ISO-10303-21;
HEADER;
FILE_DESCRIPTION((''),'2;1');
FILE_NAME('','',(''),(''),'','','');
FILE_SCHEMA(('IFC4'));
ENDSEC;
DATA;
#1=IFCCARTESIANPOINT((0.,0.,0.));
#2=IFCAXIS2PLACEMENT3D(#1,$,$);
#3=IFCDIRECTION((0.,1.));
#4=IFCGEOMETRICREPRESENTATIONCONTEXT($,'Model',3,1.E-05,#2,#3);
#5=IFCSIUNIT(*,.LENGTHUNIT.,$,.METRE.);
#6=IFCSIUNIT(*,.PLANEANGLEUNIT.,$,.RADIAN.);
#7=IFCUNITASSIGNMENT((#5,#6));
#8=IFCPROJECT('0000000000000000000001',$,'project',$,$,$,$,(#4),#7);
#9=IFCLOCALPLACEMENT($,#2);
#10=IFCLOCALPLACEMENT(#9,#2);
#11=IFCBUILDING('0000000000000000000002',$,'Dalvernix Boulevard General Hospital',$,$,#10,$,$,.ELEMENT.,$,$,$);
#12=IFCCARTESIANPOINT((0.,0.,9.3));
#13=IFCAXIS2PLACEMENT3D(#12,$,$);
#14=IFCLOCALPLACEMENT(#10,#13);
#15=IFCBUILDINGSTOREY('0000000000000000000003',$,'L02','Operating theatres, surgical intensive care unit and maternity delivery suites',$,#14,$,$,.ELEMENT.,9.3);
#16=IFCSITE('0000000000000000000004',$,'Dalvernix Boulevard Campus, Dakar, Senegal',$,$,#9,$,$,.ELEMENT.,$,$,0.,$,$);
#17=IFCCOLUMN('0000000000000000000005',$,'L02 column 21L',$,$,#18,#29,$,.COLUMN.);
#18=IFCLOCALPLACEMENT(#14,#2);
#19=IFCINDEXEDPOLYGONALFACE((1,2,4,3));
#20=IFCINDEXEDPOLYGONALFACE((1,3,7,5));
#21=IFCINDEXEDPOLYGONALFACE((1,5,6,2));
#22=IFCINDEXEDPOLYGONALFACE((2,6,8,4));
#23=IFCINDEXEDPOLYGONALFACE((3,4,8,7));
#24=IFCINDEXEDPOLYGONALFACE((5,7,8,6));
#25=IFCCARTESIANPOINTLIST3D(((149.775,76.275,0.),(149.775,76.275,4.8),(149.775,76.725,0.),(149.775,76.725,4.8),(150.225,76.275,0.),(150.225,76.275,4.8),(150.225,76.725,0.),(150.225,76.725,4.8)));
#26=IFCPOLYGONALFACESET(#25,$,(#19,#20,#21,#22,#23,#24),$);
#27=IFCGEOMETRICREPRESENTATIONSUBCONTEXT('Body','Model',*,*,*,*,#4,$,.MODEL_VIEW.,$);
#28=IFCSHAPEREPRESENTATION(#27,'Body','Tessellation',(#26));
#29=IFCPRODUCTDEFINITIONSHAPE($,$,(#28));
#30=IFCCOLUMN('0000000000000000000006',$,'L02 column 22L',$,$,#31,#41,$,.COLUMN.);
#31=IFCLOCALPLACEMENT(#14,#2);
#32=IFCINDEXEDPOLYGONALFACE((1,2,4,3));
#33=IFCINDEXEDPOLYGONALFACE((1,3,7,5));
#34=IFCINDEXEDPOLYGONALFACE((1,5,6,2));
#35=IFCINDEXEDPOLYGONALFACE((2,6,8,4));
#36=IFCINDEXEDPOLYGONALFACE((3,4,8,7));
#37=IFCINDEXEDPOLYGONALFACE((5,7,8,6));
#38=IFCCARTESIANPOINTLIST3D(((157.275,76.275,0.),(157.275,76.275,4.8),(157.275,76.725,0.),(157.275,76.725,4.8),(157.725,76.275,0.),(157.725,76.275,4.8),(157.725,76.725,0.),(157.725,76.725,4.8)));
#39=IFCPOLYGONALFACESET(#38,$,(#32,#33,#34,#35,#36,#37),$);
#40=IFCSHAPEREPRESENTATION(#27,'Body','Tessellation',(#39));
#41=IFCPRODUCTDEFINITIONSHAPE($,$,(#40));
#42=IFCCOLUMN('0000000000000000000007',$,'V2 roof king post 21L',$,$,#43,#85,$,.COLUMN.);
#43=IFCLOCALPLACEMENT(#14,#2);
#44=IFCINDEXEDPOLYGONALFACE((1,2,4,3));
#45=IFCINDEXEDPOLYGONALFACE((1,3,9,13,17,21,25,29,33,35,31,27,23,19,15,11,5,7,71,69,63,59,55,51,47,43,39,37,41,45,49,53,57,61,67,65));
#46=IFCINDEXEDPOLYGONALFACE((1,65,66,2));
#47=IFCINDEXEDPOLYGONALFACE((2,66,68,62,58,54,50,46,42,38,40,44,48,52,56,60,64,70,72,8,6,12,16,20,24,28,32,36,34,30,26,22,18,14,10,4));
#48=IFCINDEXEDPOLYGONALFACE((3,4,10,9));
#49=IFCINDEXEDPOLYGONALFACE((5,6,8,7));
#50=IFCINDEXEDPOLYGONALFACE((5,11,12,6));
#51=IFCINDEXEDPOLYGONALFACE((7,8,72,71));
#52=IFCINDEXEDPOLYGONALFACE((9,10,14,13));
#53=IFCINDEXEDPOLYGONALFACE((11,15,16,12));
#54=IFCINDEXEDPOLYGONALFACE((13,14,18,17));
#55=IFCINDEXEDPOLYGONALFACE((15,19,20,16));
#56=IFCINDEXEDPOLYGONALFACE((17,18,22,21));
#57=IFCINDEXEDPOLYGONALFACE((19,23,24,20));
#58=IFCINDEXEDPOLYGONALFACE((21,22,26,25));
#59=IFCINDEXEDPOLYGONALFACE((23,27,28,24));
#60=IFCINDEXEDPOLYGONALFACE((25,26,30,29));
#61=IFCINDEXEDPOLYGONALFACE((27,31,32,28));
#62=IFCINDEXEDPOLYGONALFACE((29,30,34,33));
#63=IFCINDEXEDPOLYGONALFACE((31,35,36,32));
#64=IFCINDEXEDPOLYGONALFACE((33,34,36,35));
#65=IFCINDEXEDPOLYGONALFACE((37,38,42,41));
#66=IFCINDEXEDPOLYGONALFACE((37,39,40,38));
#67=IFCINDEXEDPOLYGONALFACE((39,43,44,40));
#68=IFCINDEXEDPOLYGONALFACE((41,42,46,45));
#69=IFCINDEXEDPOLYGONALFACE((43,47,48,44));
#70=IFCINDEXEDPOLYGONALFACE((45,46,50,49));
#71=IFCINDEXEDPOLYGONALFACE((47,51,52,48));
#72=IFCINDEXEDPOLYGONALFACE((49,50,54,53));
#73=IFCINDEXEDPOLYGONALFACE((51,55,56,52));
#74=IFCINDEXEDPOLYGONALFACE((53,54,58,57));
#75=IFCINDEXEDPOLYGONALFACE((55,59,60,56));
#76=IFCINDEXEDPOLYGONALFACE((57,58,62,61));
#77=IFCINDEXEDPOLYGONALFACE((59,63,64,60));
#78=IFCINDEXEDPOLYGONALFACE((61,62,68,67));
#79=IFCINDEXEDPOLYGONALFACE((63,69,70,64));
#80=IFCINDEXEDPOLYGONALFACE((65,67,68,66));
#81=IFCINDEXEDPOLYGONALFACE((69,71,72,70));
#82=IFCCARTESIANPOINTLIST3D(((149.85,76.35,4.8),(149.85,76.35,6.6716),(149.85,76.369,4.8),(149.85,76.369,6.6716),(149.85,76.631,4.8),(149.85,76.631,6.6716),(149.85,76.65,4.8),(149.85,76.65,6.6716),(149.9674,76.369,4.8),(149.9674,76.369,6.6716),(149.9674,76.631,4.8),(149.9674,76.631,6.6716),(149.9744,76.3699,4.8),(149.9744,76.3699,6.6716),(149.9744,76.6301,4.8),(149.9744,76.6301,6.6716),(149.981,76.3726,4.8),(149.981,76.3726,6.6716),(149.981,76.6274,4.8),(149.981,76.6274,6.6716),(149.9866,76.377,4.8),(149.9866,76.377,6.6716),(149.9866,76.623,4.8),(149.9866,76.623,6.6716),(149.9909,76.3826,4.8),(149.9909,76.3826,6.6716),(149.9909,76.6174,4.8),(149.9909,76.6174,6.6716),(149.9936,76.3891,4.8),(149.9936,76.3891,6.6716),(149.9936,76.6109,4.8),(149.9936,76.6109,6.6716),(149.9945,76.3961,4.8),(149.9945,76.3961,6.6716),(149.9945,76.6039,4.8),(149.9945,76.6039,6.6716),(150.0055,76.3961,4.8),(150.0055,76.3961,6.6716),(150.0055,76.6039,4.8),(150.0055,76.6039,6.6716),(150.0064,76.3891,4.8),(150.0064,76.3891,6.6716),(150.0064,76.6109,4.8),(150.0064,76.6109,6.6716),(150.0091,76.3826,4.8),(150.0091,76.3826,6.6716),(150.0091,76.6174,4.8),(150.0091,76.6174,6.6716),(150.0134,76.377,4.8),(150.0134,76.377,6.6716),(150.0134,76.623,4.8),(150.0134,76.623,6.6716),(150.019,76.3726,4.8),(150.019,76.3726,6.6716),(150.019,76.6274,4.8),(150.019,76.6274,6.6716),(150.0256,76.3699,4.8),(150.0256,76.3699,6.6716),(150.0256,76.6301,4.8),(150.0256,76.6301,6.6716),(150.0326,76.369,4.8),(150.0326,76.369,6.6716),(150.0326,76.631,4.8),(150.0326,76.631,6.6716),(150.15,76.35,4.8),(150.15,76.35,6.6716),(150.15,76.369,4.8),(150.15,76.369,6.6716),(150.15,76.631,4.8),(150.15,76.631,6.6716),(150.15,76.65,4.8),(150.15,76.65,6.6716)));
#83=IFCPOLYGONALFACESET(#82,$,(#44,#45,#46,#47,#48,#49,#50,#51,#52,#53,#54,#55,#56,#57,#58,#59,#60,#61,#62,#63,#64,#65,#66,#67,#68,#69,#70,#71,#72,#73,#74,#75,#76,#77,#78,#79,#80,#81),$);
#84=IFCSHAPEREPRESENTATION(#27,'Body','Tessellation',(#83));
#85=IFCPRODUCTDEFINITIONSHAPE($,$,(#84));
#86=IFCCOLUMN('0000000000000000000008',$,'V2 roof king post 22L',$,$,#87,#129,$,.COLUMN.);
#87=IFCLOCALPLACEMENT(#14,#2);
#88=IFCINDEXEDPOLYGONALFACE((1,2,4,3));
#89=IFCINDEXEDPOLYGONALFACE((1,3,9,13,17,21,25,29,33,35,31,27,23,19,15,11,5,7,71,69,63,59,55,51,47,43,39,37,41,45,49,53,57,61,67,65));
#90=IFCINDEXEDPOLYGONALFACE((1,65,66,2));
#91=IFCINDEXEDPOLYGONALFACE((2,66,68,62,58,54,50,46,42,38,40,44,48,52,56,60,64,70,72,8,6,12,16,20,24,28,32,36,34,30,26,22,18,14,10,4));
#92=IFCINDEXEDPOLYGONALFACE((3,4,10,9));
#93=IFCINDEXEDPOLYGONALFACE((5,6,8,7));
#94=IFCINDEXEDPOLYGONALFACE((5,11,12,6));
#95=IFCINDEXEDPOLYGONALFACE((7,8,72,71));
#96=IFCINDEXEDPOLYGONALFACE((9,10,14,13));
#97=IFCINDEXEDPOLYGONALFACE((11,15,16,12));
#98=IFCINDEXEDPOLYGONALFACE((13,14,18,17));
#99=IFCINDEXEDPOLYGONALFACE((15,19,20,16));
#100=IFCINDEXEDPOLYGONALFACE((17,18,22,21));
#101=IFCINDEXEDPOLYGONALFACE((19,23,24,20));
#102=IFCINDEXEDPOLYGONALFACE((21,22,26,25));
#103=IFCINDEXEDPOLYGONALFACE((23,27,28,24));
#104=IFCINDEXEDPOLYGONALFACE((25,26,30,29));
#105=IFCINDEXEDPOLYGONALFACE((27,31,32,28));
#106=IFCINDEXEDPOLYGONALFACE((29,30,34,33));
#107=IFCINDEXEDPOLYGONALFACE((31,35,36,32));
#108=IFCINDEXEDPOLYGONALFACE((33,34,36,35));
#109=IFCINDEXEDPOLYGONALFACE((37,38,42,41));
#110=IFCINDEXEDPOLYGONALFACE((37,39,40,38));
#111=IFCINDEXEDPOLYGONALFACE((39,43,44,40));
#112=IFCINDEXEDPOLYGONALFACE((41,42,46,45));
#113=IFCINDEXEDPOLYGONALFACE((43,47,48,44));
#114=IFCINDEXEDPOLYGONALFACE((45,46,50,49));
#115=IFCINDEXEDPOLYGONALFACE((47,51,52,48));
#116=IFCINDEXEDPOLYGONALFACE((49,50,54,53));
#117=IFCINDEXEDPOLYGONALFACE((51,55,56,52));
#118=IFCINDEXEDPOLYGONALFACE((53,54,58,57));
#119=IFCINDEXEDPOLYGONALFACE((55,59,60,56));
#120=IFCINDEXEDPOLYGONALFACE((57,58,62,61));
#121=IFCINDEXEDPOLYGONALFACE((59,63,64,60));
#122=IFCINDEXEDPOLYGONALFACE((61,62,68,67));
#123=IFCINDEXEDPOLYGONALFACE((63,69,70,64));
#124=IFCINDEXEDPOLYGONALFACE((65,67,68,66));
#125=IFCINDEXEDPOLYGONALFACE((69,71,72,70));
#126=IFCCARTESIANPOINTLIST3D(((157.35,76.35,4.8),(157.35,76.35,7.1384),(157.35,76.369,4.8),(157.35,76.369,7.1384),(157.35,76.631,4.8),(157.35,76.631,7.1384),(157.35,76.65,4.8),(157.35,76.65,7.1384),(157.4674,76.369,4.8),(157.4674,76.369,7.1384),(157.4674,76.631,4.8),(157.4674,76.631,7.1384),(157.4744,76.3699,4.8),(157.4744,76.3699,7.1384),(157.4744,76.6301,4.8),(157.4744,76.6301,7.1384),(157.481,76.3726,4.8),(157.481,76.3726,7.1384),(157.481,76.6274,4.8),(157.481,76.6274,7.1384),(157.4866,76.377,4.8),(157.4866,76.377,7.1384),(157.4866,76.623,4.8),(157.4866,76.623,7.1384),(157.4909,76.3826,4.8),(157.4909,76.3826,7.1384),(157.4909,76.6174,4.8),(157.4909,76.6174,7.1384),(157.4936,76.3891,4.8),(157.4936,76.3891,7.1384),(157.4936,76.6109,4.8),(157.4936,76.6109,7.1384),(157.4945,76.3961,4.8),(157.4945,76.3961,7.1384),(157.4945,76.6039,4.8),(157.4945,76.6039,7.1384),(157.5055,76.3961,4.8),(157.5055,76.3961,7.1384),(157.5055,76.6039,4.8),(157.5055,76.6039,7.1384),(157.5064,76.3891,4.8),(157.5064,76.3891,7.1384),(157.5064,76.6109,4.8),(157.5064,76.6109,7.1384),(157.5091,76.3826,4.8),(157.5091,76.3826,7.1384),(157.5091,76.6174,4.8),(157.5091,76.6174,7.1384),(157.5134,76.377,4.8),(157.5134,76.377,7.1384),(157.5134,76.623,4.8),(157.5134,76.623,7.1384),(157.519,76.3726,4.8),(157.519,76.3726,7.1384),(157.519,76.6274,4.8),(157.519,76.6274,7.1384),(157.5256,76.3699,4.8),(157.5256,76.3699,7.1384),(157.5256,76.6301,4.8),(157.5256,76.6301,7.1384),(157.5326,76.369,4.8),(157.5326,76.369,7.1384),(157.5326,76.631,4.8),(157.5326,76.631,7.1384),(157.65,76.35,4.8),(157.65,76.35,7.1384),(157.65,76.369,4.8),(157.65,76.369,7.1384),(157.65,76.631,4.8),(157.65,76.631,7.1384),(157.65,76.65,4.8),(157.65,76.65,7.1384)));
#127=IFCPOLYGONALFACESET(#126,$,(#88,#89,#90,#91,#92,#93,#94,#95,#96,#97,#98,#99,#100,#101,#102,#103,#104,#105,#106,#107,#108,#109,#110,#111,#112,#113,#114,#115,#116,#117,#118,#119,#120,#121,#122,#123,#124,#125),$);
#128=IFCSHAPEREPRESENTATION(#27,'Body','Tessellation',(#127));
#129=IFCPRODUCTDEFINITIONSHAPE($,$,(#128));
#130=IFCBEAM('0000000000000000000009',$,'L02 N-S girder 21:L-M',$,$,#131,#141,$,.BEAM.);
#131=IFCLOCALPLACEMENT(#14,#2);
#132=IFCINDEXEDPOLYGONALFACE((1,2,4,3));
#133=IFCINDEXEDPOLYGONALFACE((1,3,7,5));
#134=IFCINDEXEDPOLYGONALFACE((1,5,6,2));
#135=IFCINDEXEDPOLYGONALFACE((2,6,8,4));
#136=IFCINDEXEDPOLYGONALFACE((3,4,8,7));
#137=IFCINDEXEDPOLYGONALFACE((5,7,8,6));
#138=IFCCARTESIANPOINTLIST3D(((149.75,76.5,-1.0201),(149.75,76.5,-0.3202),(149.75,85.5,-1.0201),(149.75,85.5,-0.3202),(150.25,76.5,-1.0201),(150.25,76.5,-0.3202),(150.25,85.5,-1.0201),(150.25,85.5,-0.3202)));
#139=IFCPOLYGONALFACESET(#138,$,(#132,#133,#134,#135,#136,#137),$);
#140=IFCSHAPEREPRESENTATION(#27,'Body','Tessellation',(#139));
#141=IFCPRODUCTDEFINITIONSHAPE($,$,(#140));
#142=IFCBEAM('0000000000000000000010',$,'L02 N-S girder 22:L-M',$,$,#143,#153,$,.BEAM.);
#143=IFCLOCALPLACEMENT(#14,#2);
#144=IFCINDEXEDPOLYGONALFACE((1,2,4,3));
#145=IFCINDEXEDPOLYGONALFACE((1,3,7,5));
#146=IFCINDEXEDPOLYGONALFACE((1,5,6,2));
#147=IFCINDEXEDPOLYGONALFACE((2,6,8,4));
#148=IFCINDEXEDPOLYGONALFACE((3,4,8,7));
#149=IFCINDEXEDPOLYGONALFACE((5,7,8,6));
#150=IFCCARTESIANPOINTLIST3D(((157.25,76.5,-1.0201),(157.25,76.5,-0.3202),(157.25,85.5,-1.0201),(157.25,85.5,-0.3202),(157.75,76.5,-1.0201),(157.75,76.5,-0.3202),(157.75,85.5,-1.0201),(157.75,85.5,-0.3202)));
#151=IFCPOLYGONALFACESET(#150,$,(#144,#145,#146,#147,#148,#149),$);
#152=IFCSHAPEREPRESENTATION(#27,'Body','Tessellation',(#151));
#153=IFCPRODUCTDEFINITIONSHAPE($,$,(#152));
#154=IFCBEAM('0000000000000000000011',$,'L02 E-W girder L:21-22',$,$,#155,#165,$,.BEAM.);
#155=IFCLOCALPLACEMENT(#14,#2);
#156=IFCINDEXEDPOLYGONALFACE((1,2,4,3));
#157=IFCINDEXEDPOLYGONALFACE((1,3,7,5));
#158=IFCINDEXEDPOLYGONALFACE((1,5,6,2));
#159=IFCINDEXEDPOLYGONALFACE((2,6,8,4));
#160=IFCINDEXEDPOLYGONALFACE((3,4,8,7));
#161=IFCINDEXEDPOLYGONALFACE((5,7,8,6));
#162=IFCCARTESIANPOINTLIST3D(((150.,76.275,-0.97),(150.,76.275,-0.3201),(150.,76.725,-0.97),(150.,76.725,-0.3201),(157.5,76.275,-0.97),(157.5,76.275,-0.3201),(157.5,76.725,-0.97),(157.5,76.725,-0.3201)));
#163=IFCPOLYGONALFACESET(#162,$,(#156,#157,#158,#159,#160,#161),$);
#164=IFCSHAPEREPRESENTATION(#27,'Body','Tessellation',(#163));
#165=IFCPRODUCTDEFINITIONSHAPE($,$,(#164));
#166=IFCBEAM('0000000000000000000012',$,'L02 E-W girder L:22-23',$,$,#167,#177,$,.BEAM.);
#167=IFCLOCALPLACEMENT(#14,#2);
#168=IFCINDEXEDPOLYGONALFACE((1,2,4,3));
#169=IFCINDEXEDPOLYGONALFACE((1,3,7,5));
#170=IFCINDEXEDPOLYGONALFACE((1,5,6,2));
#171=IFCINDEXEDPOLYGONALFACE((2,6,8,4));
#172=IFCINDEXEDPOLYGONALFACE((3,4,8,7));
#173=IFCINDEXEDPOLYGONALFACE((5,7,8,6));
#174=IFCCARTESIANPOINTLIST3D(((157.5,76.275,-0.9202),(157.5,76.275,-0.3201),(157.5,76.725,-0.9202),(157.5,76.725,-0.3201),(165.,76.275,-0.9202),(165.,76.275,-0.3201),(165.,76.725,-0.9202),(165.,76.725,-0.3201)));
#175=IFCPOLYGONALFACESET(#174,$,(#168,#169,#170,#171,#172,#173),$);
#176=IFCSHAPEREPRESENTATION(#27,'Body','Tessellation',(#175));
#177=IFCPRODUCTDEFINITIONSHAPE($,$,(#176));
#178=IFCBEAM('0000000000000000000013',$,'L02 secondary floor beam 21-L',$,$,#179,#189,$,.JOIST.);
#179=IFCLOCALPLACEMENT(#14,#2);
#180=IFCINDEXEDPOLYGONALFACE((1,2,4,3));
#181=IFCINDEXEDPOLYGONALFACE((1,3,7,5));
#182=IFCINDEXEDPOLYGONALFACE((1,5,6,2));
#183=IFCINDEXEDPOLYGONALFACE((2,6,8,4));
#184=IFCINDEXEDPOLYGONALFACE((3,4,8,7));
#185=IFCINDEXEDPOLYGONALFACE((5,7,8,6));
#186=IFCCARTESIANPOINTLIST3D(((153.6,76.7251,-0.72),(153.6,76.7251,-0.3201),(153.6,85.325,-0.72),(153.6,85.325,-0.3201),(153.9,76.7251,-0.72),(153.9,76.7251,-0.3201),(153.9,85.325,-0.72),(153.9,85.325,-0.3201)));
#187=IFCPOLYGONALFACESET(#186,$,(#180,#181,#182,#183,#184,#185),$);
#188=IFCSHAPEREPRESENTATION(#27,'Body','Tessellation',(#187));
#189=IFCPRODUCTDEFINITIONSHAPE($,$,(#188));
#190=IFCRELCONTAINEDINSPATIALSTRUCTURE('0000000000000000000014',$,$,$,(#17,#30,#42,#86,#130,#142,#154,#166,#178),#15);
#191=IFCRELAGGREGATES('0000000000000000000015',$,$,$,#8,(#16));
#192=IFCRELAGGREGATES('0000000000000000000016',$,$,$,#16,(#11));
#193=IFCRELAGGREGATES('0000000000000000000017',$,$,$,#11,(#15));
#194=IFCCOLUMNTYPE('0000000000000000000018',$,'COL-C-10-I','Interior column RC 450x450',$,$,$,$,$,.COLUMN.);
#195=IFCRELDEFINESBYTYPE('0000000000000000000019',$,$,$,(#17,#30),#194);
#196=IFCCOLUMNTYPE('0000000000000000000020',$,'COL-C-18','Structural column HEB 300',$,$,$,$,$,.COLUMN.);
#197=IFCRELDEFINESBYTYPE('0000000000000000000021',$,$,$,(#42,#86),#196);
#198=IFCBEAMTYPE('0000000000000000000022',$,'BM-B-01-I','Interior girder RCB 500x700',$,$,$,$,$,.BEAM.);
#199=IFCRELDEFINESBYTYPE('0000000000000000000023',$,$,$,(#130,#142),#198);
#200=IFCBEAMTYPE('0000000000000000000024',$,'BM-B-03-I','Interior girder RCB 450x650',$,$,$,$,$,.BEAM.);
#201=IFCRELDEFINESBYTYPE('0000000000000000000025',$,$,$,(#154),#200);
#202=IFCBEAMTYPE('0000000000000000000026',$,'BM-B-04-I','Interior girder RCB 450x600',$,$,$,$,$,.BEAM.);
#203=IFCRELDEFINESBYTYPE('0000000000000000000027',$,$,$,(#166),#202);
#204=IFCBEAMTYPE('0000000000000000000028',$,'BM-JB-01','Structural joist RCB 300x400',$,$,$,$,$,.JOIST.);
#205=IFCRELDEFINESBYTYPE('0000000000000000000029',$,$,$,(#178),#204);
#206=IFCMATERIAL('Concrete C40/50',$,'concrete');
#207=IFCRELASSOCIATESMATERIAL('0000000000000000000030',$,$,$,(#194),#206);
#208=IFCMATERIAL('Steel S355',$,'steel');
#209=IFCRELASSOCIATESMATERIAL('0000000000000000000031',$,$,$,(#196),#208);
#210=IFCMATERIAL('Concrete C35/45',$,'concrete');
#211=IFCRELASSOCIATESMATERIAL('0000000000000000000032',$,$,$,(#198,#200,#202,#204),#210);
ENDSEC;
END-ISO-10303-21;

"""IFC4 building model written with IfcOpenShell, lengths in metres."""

from ifc_helpers import new_model, si_unit, direction, frame, origin, origin_2d, place, context, subcontext, project, spatial, rectangle, i_section, extrude, material, material_profile, profile_set, type_object, element, save


model = new_model("IFC4")

# Units and contexts
model_context = context("Model", 3, precision=1e-05, world=origin(), true_north=direction((0.0, 1.0)))
body_context = subcontext(model_context, "Body", "Model", "MODEL_VIEW")
ifc_project = project(units=[si_unit("LENGTHUNIT", "METRE"), si_unit("PLANEANGLEUNIT", "RADIAN")], contexts=[model_context])

# Site, building, storey
site_placement = place(None, origin())
site = spatial("IfcSite", under=ifc_project, at=site_placement, Name="Dalvernix Boulevard Campus, Dakar, Senegal", CompositionType="ELEMENT", RefElevation=0.0)
building_placement = place(site_placement, origin())
building = spatial("IfcBuilding", under=site, at=building_placement, Name="Dalvernix Boulevard General Hospital", CompositionType="ELEMENT")
storey_placement = place(building_placement, frame((0.0, 0.0, 9.3)))
storey = spatial("IfcBuildingStorey", under=building, at=storey_placement, Name="L02", Description="Operating theatres, surgical intensive care unit and maternity delivery suites", CompositionType="ELEMENT", Elevation=9.3)

# Columns
ifc_material_1 = material(Name="Concrete C40/50", Category="concrete")
ifc_material_profile_1 = material_profile(ifc_material_1, rectangle(XDim=0.45, YDim=0.45, at=origin_2d()), Name="RC 450x450")
ifc_profile_set_1 = profile_set([ifc_material_profile_1], Name="Concrete C40/50")
column_type_1 = type_object("IfcColumnType", Name="COL-C-10-I", Description="Interior column RC 450x450", PredefinedType="COLUMN", material=ifc_profile_set_1)
for number, where, z_axis, x_axis, name in (
    (1, (150.0, 76.5, 0.0), (0.0, 0.0, 1.0), (1.0, 0.0, 0.0), "L02 column 21L"),
    (2, (157.5, 76.5, 0.0), (0.0, 0.0, 1.0), (1.0, 0.0, 0.0), "L02 column 22L"),
):
    element("IfcColumn", number, at=place(storey_placement, frame(where, z_axis=z_axis, x_axis=x_axis)), inside=storey, type_object=column_type_1, Name=name, PredefinedType="COLUMN", context=body_context, shape_type="SweptSolid", body=[
        extrude(rectangle(XDim=0.45, YDim=0.45, at=origin_2d()), origin(), (0.0, 0.0, 1.0), 4.8),
    ])
ifc_material_2 = material(Name="Steel S355", Category="steel")
ifc_material_profile_2 = material_profile(ifc_material_2, i_section(OverallWidth=0.3, OverallDepth=0.3, WebThickness=0.011, FlangeThickness=0.019, FilletRadius=0.0271, at=origin_2d()), Name="HEB 300")
ifc_profile_set_2 = profile_set([ifc_material_profile_2], Name="Steel S355")
column_type_2 = type_object("IfcColumnType", Name="COL-C-18", Description="Structural column HEB 300", PredefinedType="COLUMN", material=ifc_profile_set_2)
column_1_placement = place(storey_placement, frame((150.0, 76.5, 4.8), z_axis=(0.0, 0.0, 1.0), x_axis=(1.0, 0.0, 0.0)))
element("IfcColumn", 3, at=column_1_placement, inside=storey, type_object=column_type_2, Name="V2 roof king post 21L", PredefinedType="COLUMN", context=body_context, shape_type="SweptSolid", body=[
    extrude(i_section(OverallWidth=0.3, OverallDepth=0.3, WebThickness=0.011, FlangeThickness=0.019, FilletRadius=0.0271, at=origin_2d()), origin(), (0.0, 0.0, 1.0), 1.8716),
])
column_2_placement = place(storey_placement, frame((157.5, 76.5, 4.8), z_axis=(0.0, 0.0, 1.0), x_axis=(1.0, 0.0, 0.0)))
element("IfcColumn", 4, at=column_2_placement, inside=storey, type_object=column_type_2, Name="V2 roof king post 22L", PredefinedType="COLUMN", context=body_context, shape_type="SweptSolid", body=[
    extrude(i_section(OverallWidth=0.3, OverallDepth=0.3, WebThickness=0.011, FlangeThickness=0.019, FilletRadius=0.0271, at=origin_2d()), origin(), (0.0, 0.0, 1.0), 2.3384),
])

# Beams
ifc_material_3 = material(Name="Concrete C35/45", Category="concrete")
ifc_material_profile_3 = material_profile(ifc_material_3, rectangle(XDim=0.5, YDim=0.7, at=origin_2d()), Name="RCB 500x700")
ifc_profile_set_3 = profile_set([ifc_material_profile_3], Name="Concrete C35/45")
beam_type_1 = type_object("IfcBeamType", Name="BM-B-01-I", Description="Interior girder RCB 500x700", PredefinedType="BEAM", material=ifc_profile_set_3)
for number, where, z_axis, x_axis, name in (
    (5, (150.0, 76.5, -0.6702), (0.0, 1.0, 0.0), (-1.0, 0.0, 0.0), "L02 N-S girder 21:L-M"),
    (6, (157.5, 76.5, -0.6702), (0.0, 1.0, 0.0), (-1.0, 0.0, 0.0), "L02 N-S girder 22:L-M"),
):
    element("IfcBeam", number, at=place(storey_placement, frame(where, z_axis=z_axis, x_axis=x_axis)), inside=storey, type_object=beam_type_1, Name=name, PredefinedType="BEAM", context=body_context, shape_type="SweptSolid", body=[
        extrude(rectangle(XDim=0.5, YDim=0.7, at=origin_2d()), origin(), (0.0, 0.0, 1.0), 9.0),
    ])
ifc_material_profile_4 = material_profile(ifc_material_3, rectangle(XDim=0.45, YDim=0.6499, at=origin_2d()), Name="RCB 450x650")
ifc_profile_set_4 = profile_set([ifc_material_profile_4], Name="Concrete C35/45")
beam_type_2 = type_object("IfcBeamType", Name="BM-B-03-I", Description="Interior girder RCB 450x650", PredefinedType="BEAM", material=ifc_profile_set_4)
beam_1_placement = place(storey_placement, frame((150.0, 76.5, -0.645), z_axis=(1.0, 0.0, 0.0), x_axis=(0.0, 1.0, 0.0)))
element("IfcBeam", 7, at=beam_1_placement, inside=storey, type_object=beam_type_2, Name="L02 E-W girder L:21-22", PredefinedType="BEAM", context=body_context, shape_type="SweptSolid", body=[
    extrude(rectangle(XDim=0.45, YDim=0.6499, at=origin_2d()), origin(), (0.0, 0.0, 1.0), 7.5),
])
ifc_material_profile_5 = material_profile(ifc_material_3, rectangle(XDim=0.45, YDim=0.6001, at=origin_2d()), Name="RCB 450x600")
ifc_profile_set_5 = profile_set([ifc_material_profile_5], Name="Concrete C35/45")
beam_type_3 = type_object("IfcBeamType", Name="BM-B-04-I", Description="Interior girder RCB 450x600", PredefinedType="BEAM", material=ifc_profile_set_5)
beam_2_placement = place(storey_placement, frame((157.5, 76.5, -0.6201), z_axis=(1.0, 0.0, 0.0), x_axis=(0.0, 1.0, 0.0)))
element("IfcBeam", 8, at=beam_2_placement, inside=storey, type_object=beam_type_3, Name="L02 E-W girder L:22-23", PredefinedType="BEAM", context=body_context, shape_type="SweptSolid", body=[
    extrude(rectangle(XDim=0.45, YDim=0.6001, at=origin_2d()), origin(), (0.0, 0.0, 1.0), 7.5),
])
ifc_material_profile_6 = material_profile(ifc_material_3, rectangle(XDim=0.3, YDim=0.3999, at=origin_2d()), Name="RCB 300x400")
ifc_profile_set_6 = profile_set([ifc_material_profile_6], Name="Concrete C35/45")
beam_type_4 = type_object("IfcBeamType", Name="BM-JB-01", Description="Structural joist RCB 300x400", PredefinedType="JOIST", material=ifc_profile_set_6)
beam_3_placement = place(storey_placement, frame((153.75, 76.7251, -0.52), z_axis=(0.0, 1.0, 0.0), x_axis=(-1.0, 0.0, 0.0)))
element("IfcBeam", 9, at=beam_3_placement, inside=storey, type_object=beam_type_4, Name="L02 secondary floor beam 21-L", PredefinedType="JOIST", context=body_context, shape_type="SweptSolid", body=[
    extrude(rectangle(XDim=0.3, YDim=0.3999, at=origin_2d()), origin(), (0.0, 0.0, 1.0), 8.5999),
])

save(model, "model.ifc")
